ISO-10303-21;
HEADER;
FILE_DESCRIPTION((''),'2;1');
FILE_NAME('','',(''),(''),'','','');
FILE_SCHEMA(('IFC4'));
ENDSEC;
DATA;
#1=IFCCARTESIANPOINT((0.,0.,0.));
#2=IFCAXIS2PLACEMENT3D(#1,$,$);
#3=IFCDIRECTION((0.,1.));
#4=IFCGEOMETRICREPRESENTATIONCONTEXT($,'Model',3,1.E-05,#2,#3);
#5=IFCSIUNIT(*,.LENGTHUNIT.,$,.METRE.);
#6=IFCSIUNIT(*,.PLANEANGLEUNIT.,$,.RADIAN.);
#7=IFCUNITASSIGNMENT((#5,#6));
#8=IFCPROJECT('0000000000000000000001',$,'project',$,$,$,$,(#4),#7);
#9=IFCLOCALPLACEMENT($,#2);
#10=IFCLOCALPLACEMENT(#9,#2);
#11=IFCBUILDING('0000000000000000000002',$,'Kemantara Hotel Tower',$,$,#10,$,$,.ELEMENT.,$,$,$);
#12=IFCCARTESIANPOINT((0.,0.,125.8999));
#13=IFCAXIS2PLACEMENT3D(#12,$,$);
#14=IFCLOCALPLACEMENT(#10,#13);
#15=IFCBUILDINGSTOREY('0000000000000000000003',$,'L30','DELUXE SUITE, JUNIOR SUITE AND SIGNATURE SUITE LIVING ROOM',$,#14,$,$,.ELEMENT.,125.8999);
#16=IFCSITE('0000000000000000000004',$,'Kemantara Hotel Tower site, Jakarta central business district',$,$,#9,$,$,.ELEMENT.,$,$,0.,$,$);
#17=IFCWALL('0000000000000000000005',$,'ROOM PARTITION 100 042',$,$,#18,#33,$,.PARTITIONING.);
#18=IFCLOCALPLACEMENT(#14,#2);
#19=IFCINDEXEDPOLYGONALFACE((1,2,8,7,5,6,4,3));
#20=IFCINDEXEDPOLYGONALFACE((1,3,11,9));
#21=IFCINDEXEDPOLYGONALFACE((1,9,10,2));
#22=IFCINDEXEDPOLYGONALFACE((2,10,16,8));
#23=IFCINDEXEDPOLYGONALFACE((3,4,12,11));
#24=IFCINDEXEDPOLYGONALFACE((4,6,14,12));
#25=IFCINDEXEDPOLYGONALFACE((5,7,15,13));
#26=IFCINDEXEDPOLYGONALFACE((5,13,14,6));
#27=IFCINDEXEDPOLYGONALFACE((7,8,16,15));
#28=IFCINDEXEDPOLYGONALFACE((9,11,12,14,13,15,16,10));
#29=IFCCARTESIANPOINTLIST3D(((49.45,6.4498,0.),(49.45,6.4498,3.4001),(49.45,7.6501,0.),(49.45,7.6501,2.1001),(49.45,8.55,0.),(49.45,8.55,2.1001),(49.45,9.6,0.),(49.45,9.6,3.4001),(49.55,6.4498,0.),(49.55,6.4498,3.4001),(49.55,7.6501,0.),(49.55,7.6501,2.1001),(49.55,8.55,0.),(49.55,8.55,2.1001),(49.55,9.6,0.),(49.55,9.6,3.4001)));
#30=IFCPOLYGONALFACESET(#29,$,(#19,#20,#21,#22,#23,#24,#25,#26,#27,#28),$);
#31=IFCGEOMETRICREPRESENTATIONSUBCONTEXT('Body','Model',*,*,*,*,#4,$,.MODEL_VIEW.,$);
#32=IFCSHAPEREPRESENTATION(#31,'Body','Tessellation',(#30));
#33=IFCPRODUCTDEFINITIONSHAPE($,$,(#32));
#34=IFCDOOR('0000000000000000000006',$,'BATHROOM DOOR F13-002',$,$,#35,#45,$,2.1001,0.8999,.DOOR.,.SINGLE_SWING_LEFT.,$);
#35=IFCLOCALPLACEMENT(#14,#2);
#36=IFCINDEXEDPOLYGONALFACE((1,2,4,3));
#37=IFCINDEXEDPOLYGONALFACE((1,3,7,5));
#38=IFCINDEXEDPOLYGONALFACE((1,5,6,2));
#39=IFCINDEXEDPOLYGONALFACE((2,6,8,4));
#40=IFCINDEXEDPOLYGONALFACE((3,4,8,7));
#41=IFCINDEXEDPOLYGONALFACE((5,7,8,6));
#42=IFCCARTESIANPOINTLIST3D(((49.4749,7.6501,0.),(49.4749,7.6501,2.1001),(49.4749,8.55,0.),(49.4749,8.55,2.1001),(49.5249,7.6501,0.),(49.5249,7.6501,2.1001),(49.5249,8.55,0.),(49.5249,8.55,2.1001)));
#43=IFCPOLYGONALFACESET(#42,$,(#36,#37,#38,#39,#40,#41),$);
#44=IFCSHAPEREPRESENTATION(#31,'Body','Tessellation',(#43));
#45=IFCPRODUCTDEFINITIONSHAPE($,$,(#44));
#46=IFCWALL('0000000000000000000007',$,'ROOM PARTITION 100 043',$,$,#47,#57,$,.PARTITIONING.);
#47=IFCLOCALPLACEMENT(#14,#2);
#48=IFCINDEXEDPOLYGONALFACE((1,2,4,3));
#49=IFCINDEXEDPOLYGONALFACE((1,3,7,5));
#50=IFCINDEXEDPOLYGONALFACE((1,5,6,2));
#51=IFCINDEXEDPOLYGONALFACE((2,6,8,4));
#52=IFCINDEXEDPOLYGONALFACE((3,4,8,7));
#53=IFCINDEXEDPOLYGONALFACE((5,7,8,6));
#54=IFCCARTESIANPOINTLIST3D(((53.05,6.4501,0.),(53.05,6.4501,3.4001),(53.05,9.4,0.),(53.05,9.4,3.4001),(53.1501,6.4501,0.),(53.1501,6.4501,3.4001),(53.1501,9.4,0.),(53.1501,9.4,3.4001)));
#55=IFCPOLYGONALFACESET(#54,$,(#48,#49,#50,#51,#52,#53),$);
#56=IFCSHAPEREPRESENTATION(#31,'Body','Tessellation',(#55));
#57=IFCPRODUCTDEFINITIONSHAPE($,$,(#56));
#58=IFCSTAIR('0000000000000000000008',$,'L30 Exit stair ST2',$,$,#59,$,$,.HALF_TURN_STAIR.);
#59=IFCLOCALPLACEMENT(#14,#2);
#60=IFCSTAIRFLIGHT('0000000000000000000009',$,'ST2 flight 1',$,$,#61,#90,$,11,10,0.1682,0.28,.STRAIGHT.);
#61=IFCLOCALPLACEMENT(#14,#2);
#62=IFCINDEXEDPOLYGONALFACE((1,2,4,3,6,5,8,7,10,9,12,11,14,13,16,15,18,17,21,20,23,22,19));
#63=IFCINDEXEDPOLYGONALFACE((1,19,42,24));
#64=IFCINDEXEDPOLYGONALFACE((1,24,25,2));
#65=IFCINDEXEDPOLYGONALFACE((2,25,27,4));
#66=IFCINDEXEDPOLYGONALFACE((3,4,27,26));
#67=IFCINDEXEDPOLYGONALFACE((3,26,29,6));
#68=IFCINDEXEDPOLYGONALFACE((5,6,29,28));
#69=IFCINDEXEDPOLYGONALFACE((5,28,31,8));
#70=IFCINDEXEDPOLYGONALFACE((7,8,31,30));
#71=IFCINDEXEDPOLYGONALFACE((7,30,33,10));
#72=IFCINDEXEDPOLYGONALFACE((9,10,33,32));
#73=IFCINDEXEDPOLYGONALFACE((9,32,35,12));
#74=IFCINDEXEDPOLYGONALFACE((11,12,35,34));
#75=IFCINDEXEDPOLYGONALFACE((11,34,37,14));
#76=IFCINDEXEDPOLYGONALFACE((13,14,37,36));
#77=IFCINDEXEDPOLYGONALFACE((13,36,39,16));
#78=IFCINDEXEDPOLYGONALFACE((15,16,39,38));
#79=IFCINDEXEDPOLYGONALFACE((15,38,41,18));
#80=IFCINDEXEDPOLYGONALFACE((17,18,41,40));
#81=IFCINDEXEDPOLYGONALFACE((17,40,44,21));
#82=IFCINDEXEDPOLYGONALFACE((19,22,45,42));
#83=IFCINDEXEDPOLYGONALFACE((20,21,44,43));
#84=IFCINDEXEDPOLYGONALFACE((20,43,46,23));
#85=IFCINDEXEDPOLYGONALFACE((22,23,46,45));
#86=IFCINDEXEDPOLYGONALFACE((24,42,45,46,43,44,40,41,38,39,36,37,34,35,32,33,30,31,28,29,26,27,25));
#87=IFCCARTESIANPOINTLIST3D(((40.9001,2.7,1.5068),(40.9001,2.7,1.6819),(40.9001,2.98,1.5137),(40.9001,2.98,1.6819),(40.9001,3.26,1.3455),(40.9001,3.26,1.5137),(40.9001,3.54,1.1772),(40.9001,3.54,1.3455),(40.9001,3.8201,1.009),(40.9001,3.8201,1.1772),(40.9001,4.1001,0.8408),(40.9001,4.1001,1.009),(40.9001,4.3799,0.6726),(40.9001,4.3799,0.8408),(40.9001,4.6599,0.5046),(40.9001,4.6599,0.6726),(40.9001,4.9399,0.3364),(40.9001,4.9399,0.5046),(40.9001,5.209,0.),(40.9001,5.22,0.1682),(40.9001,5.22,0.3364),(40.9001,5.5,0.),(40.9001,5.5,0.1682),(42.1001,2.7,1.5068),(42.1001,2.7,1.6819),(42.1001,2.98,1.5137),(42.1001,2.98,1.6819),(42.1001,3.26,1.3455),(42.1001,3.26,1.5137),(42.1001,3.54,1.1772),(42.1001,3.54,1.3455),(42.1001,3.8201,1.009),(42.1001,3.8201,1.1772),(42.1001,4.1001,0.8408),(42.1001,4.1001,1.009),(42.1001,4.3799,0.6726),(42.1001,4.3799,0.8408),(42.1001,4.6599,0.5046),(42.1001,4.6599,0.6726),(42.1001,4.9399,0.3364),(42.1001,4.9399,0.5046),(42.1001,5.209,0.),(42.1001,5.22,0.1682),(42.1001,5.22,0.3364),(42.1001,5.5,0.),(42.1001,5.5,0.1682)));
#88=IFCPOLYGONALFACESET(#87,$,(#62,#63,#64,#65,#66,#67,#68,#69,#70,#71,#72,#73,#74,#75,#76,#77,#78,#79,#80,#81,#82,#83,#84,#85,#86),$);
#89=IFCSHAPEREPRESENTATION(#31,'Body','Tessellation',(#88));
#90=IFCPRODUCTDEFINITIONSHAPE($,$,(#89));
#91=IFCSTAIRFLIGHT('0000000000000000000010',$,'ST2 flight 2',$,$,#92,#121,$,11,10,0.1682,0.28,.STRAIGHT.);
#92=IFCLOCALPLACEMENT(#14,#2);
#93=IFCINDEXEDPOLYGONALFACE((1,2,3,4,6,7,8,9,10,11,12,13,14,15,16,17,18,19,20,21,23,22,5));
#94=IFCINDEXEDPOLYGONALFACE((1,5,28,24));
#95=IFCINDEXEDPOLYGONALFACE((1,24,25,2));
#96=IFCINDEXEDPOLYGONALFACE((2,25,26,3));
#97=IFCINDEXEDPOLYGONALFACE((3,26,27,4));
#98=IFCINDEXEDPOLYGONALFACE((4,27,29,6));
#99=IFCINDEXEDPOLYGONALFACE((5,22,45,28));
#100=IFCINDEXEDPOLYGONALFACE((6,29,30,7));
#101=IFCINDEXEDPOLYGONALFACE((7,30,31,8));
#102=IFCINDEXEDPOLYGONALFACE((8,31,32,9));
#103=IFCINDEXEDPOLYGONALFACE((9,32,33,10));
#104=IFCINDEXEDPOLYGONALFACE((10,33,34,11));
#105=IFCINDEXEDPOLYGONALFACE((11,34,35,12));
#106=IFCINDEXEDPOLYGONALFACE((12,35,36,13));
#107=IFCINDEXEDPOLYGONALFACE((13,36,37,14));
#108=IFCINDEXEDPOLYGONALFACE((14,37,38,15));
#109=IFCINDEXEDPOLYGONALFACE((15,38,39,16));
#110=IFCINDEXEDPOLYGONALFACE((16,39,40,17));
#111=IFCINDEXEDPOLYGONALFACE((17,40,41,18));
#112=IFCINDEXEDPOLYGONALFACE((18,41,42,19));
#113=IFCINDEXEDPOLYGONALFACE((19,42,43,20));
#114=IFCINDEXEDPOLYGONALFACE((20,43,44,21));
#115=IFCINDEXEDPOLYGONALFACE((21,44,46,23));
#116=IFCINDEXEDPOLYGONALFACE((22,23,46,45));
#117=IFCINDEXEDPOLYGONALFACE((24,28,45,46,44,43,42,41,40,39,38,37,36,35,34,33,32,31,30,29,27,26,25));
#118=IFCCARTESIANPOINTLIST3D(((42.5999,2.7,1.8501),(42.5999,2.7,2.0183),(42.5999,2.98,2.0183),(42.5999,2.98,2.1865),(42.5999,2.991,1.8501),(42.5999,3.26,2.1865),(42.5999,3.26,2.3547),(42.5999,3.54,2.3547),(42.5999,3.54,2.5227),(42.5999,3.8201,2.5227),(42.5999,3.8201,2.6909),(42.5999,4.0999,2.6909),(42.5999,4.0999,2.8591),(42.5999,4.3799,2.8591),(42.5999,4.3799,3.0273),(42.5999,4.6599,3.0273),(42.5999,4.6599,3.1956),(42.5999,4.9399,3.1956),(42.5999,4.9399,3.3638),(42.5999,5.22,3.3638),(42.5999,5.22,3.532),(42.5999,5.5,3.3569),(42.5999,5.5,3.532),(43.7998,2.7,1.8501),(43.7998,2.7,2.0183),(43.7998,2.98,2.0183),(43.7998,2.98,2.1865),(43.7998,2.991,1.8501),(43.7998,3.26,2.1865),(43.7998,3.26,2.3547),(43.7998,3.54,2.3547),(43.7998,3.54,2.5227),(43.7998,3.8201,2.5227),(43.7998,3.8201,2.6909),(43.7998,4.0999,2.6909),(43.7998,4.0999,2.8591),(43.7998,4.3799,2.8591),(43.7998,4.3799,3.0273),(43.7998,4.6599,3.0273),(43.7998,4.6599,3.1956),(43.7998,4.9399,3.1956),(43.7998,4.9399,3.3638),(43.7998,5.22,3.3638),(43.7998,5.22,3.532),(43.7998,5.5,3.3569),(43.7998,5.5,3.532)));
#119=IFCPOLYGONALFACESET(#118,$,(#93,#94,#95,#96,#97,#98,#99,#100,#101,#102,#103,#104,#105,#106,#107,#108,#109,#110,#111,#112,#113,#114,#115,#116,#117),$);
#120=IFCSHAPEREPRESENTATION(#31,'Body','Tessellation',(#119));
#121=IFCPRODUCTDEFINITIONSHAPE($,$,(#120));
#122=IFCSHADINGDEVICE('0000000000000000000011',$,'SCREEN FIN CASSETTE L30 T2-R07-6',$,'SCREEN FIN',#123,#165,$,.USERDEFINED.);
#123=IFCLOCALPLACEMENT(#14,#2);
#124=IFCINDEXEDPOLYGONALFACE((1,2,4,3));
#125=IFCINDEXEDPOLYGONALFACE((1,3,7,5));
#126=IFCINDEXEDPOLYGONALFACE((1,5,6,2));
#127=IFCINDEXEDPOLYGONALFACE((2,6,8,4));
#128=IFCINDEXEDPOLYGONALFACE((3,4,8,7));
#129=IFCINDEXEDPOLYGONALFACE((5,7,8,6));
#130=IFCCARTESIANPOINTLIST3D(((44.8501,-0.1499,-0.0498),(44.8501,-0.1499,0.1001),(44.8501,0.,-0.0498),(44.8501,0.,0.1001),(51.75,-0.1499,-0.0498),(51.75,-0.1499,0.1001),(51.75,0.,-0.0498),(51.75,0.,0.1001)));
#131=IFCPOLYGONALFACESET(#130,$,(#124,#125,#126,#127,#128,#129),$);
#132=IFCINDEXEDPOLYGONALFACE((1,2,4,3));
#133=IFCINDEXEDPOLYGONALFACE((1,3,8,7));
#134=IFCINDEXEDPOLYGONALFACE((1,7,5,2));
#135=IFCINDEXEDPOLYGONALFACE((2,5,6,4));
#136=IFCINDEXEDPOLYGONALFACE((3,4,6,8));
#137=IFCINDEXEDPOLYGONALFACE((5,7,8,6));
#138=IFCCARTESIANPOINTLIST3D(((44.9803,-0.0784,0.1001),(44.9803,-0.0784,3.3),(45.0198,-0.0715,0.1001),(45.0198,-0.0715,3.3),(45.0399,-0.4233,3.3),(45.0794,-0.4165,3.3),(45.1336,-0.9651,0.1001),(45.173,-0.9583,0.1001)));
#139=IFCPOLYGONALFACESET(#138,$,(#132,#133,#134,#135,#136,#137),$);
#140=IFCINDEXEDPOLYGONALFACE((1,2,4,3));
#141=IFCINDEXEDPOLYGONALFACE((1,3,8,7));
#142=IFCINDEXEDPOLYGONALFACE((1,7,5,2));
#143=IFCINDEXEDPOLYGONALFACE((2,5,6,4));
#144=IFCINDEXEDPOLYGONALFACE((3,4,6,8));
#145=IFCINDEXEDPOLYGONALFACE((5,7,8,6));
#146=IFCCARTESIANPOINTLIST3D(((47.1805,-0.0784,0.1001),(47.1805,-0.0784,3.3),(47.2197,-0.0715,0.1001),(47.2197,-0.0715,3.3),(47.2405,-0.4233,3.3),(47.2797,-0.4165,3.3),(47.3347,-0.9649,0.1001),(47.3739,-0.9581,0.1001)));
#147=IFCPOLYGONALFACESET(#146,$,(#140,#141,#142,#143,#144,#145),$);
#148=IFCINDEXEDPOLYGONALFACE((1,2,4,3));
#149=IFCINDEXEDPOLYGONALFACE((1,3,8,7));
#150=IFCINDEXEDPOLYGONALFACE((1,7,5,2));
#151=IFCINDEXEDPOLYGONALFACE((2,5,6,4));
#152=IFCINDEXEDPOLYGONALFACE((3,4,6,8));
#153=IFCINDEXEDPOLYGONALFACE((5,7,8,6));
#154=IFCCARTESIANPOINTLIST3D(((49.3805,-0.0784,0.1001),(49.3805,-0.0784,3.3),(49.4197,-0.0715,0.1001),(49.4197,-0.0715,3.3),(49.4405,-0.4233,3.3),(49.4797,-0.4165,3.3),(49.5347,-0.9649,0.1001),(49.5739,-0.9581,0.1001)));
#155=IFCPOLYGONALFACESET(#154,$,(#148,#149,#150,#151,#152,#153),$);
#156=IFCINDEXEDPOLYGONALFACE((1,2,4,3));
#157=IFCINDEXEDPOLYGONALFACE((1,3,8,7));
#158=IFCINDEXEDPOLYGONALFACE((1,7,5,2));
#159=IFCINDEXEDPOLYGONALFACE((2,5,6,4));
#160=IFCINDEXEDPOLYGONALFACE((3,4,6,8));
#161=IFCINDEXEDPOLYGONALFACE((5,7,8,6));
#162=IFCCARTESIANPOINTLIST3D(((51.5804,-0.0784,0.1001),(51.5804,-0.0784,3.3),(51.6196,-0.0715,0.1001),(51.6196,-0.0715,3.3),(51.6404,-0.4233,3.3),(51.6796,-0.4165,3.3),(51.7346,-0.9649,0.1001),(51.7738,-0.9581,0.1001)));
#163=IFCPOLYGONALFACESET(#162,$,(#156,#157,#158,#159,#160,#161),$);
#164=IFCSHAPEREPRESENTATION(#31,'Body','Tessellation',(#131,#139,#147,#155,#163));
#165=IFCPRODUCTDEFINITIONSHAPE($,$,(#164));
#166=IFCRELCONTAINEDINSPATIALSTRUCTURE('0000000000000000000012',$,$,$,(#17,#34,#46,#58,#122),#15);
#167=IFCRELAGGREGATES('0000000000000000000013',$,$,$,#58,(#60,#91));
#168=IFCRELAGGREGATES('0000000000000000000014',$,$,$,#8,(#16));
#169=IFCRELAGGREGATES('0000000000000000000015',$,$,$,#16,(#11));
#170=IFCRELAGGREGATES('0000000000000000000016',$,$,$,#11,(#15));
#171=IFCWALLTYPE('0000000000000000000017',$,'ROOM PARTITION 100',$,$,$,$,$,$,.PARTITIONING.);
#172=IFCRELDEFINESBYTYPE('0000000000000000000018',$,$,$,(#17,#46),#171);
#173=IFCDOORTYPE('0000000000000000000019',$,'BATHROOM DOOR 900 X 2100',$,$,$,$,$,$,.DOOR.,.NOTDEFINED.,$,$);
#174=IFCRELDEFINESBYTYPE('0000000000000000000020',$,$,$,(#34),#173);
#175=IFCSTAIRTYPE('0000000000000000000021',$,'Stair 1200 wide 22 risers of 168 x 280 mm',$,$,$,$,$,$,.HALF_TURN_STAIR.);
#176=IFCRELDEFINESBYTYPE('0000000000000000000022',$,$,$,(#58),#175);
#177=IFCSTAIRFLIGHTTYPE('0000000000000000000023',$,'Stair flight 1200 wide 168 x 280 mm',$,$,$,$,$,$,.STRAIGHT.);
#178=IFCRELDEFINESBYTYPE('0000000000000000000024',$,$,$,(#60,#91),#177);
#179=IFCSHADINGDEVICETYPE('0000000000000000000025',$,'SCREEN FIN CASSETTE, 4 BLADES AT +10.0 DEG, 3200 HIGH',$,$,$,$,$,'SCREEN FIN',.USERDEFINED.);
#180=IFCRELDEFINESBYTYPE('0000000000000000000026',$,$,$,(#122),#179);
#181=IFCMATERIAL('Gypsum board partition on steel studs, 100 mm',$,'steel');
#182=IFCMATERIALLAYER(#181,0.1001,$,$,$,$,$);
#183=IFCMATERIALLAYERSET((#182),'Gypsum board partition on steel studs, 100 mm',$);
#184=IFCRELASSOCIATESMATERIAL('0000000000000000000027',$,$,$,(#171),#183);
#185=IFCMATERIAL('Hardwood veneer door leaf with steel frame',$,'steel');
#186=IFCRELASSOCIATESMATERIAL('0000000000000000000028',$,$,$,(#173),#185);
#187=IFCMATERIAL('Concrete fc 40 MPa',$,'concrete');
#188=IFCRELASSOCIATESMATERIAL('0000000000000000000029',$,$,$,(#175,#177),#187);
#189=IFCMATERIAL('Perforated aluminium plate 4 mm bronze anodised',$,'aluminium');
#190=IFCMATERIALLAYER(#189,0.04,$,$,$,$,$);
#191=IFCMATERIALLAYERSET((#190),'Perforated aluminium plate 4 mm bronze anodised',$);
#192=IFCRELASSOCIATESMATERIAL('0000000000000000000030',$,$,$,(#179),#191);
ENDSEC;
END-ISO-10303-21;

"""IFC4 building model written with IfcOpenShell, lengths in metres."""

from ifc_helpers import new_model, si_unit, direction, frame, frame_2d, origin, origin_2d, place, context, subcontext, project, spatial, polyline, rectangle, outline, extrude, source, transform, mapped, material, layer, layer_set, type_object, element, fill, aggregate, save


model = new_model("IFC4")

# Units and contexts
model_context = context("Model", 3, precision=1e-05, world=origin(), true_north=direction((0.0, 1.0)))
body_context = subcontext(model_context, "Body", "Model", "MODEL_VIEW")
ifc_project = project(units=[si_unit("LENGTHUNIT", "METRE"), si_unit("PLANEANGLEUNIT", "RADIAN")], contexts=[model_context])

# Site, building, storey
site_placement = place(None, origin())
site = spatial("IfcSite", under=ifc_project, at=site_placement, Name="Kemantara Hotel Tower site, Jakarta central business district", CompositionType="ELEMENT", RefElevation=0.0)
building_placement = place(site_placement, origin())
building = spatial("IfcBuilding", under=site, at=building_placement, Name="Kemantara Hotel Tower", CompositionType="ELEMENT")
storey_placement = place(building_placement, frame((0.0, 0.0, 125.8999)))
storey = spatial("IfcBuildingStorey", under=building, at=storey_placement, Name="L30", Description="DELUXE SUITE, JUNIOR SUITE AND SIGNATURE SUITE LIVING ROOM", CompositionType="ELEMENT", Elevation=125.8999)

# Shared definitions
ifc_material_1 = material(Name="Hardwood veneer door leaf with steel frame", Category="steel")

# Shared definitions
ifc_material_2 = material(Name="Gypsum board partition on steel studs, 100 mm", Category="steel")
ifc_layer_1 = layer(ifc_material_2, 0.1001)
ifc_layer_set_1 = layer_set([ifc_layer_1], Name="Gypsum board partition on steel studs, 100 mm")
wall_type_1 = type_object("IfcWallType", Name="ROOM PARTITION 100", PredefinedType="PARTITIONING", material=ifc_layer_set_1)

# Wall, opening, door
wall_1_placement = place(storey_placement, frame((49.5, 9.6001, 0.0), z_axis=(0.0, 0.0, 1.0), x_axis=(0.0, -1.0, 0.0)))
wall_1 = element("IfcWall", 1, at=wall_1_placement, inside=storey, type_object=wall_type_1, Name="ROOM PARTITION 100 042", PredefinedType="PARTITIONING", context=body_context, shape_type="SweptSolid", body=[
    extrude(rectangle(XDim=3.1501, YDim=0.1001, at=frame_2d((1.5752, 0.0))), origin(), (0.0, 0.0, 1.0), 3.4001),
])
opening_1_placement = place(wall_1_placement, frame((1.05, 0.0, 0.0)))
opening_1 = element("IfcOpeningElement", 2, at=opening_1_placement, cuts=wall_1, PredefinedType="OPENING", context=body_context, shape_type="SweptSolid", body=[
    extrude(rectangle(XDim=0.8999, YDim=2.1001, at=frame_2d((0.45, 1.05))), frame((0.0, 0.0601, 0.0), z_axis=(0.0, -1.0, 0.0), x_axis=(1.0, 0.0, 0.0)), (0.0, 0.0, 1.0), 0.1201),
])
door_type_1 = type_object("IfcDoorType", Name="BATHROOM DOOR 900 X 2100", OperationType="NOTDEFINED", PredefinedType="DOOR", material=ifc_material_1)
door_1_placement = place(opening_1_placement, origin())
door_1 = element("IfcDoor", 3, at=door_1_placement, inside=storey, type_object=door_type_1, Name="BATHROOM DOOR F13-002", OperationType="SINGLE_SWING_LEFT", OverallHeight=2.1001, OverallWidth=0.8999, PredefinedType="DOOR", context=body_context, shape_type="SweptSolid", body=[
    extrude(rectangle(XDim=0.8999, YDim=2.1001, at=frame_2d((0.45, 1.05))), frame((0.0, 0.0249, 0.0), z_axis=(0.0, -1.0, 0.0), x_axis=(1.0, 0.0, 0.0)), (0.0, 0.0, 1.0), 0.05),
])
fill(opening_1, door_1)

# Wall
wall_2_placement = place(storey_placement, frame((53.1001, 6.45, 0.0), z_axis=(0.0, 0.0, 1.0), x_axis=(0.0, 1.0, 0.0)))
element("IfcWall", 4, at=wall_2_placement, inside=storey, type_object=wall_type_1, Name="ROOM PARTITION 100 043", PredefinedType="PARTITIONING", context=body_context, shape_type="SweptSolid", body=[
    extrude(rectangle(XDim=2.95, YDim=0.1001, at=frame_2d((1.4751, 0.0))), origin(), (0.0, 0.0, 1.0), 3.4001),
])

# Stair, stair flights
ifc_material_3 = material(Name="Concrete fc 40 MPa", Category="concrete")
stair_type = type_object("IfcStairType", Name="Stair 1200 wide 22 risers of 168 x 280 mm", PredefinedType="HALF_TURN_STAIR", material=ifc_material_3)
stair_placement = place(storey_placement, origin())
stair = element("IfcStair", 5, at=stair_placement, inside=storey, type_object=stair_type, Name="L30 Exit stair ST2", PredefinedType="HALF_TURN_STAIR")
stair_flight_type = type_object("IfcStairFlightType", Name="Stair flight 1200 wide 168 x 280 mm", PredefinedType="STRAIGHT", material=ifc_material_3)
stair_flight_1_placement = place(storey_placement, frame((41.5, 5.5, 0.0), z_axis=(0.0, 0.0, 1.0), x_axis=(0.0, -1.0, 0.0)))
stair_flight_1 = element("IfcStairFlight", 6, at=stair_flight_1_placement, type_object=stair_flight_type, Name="ST2 flight 1", NumberOfRisers=11, NumberOfTreads=10, PredefinedType="STRAIGHT", RiserHeight=0.1682, TreadLength=0.28, context=body_context, shape_type="SweptSolid", body=[
    extrude(outline(polyline([(0.0, 0.0), (0.0, 0.1682), (0.28, 0.1682), (0.28, 0.3364), (0.5601, 0.3364), (0.5601, 0.5046), (0.8401, 0.5046), (0.8401, 0.6726), (1.1201, 0.6726), (1.1201, 0.8408), (1.3999, 0.8408), (1.3999, 1.009), (1.6799, 1.009), (1.6799, 1.1772), (1.96, 1.1772), (1.96, 1.3455), (2.24, 1.3455), (2.24, 1.5137), (2.52, 1.5137), (2.52, 1.6819), (2.8, 1.6819), (2.8, 1.8501), (2.8, 1.5068), (0.291, 0.0), (0.0, 0.0)])), frame((0.0, 0.6001, 0.0), z_axis=(0.0, -1.0, 0.0), x_axis=(1.0, 0.0, 0.0)), (0.0, 0.0, 1.0), 1.2),
])
stair_flight_2_placement = place(storey_placement, frame((43.2, 2.7, 1.8501), z_axis=(0.0, 0.0, 1.0), x_axis=(0.0, 1.0, 0.0)))
stair_flight_2 = element("IfcStairFlight", 7, at=stair_flight_2_placement, type_object=stair_flight_type, Name="ST2 flight 2", NumberOfRisers=11, NumberOfTreads=10, PredefinedType="STRAIGHT", RiserHeight=0.1682, TreadLength=0.28, context=body_context, shape_type="SweptSolid", body=[
    extrude(outline(polyline([(0.0, 0.0), (0.0, 0.1682), (0.28, 0.1682), (0.28, 0.3364), (0.5601, 0.3364), (0.5601, 0.5046), (0.8401, 0.5046), (0.8401, 0.6726), (1.1201, 0.6726), (1.1201, 0.8408), (1.3999, 0.8408), (1.3999, 1.009), (1.6799, 1.009), (1.6799, 1.1772), (1.96, 1.1772), (1.96, 1.3455), (2.24, 1.3455), (2.24, 1.5137), (2.52, 1.5137), (2.52, 1.6819), (2.8, 1.6819), (2.8, 1.8501), (2.8, 1.5068), (0.291, 0.0), (0.0, 0.0)])), frame((0.0, 0.6001, 0.0), z_axis=(0.0, -1.0, 0.0), x_axis=(1.0, 0.0, 0.0)), (0.0, 0.0, 1.0), 1.2),
])
aggregate(stair, [stair_flight_1, stair_flight_2])

# Shading device
ifc_material_4 = material(Name="Perforated aluminium plate 4 mm bronze anodised", Category="aluminium")
ifc_layer_2 = layer(ifc_material_4, 0.04)
ifc_layer_set_2 = layer_set([ifc_layer_2], Name="Perforated aluminium plate 4 mm bronze anodised")
shading_device_type_1 = type_object("IfcShadingDeviceType", Name="SCREEN FIN CASSETTE, 4 BLADES AT +10.0 DEG, 3200 HIGH", ElementType="SCREEN FIN", PredefinedType="USERDEFINED", material=ifc_layer_set_2)
shared_shape_1 = source(origin(), body_context, "Body", "SweptSolid", [
    extrude(rectangle(XDim=6.8999, YDim=0.1499, at=origin_2d()), frame((3.3, -0.075, -0.1499), z_axis=(0.0, 0.0, 1.0), x_axis=(1.0, 0.0, 0.0)), (0.0, 0.0, 1.0), 0.1499),
    extrude(outline(polyline([(0.0, 0.0), (0.8999, 0.0), (0.3501, 3.2), (0.0, 3.2), (0.0, 0.0)])), frame((0.0198, -0.0715, 0.0), z_axis=(-0.98539, -0.170314, 0.0), x_axis=(0.170314, -0.98539, 0.0)), (0.0, 0.0, 1.0), 0.04),
    extrude(outline(polyline([(0.0, 0.0), (0.8999, 0.0), (0.3501, 3.2), (0.0, 3.2), (0.0, 0.0)])), frame((2.2197, -0.0715, 0.0), z_axis=(-0.985212, -0.171341, 0.0), x_axis=(0.171341, -0.985212, 0.0)), (0.0, 0.0, 1.0), 0.0398),
    extrude(outline(polyline([(0.0, 0.0), (0.8999, 0.0), (0.3501, 3.2), (0.0, 3.2), (0.0, 0.0)])), frame((4.4197, -0.0715, 0.0), z_axis=(-0.985212, -0.171341, 0.0), x_axis=(0.171341, -0.985212, 0.0)), (0.0, 0.0, 1.0), 0.0398),
    extrude(outline(polyline([(0.0, 0.0), (0.8999, 0.0), (0.3501, 3.2), (0.0, 3.2), (0.0, 0.0)])), frame((6.6196, -0.0715, 0.0), z_axis=(-0.985212, -0.171341, 0.0), x_axis=(0.171341, -0.985212, 0.0)), (0.0, 0.0, 1.0), 0.0398),
])
shading_device_1_placement = place(storey_placement, frame((45.0, 0.0, 0.1001), z_axis=(0.0, 0.0, 1.0), x_axis=(1.0, 0.0, 0.0)))
element("IfcShadingDevice", 8, at=shading_device_1_placement, inside=storey, type_object=shading_device_type_1, Name="SCREEN FIN CASSETTE L30 T2-R07-6", ObjectType="SCREEN FIN", PredefinedType="USERDEFINED", context=body_context, shape_type="MappedRepresentation", body=[
    mapped(shared_shape_1, transform((0.0, 0.0, 0.0))),
])

save(model, "model.ifc")
